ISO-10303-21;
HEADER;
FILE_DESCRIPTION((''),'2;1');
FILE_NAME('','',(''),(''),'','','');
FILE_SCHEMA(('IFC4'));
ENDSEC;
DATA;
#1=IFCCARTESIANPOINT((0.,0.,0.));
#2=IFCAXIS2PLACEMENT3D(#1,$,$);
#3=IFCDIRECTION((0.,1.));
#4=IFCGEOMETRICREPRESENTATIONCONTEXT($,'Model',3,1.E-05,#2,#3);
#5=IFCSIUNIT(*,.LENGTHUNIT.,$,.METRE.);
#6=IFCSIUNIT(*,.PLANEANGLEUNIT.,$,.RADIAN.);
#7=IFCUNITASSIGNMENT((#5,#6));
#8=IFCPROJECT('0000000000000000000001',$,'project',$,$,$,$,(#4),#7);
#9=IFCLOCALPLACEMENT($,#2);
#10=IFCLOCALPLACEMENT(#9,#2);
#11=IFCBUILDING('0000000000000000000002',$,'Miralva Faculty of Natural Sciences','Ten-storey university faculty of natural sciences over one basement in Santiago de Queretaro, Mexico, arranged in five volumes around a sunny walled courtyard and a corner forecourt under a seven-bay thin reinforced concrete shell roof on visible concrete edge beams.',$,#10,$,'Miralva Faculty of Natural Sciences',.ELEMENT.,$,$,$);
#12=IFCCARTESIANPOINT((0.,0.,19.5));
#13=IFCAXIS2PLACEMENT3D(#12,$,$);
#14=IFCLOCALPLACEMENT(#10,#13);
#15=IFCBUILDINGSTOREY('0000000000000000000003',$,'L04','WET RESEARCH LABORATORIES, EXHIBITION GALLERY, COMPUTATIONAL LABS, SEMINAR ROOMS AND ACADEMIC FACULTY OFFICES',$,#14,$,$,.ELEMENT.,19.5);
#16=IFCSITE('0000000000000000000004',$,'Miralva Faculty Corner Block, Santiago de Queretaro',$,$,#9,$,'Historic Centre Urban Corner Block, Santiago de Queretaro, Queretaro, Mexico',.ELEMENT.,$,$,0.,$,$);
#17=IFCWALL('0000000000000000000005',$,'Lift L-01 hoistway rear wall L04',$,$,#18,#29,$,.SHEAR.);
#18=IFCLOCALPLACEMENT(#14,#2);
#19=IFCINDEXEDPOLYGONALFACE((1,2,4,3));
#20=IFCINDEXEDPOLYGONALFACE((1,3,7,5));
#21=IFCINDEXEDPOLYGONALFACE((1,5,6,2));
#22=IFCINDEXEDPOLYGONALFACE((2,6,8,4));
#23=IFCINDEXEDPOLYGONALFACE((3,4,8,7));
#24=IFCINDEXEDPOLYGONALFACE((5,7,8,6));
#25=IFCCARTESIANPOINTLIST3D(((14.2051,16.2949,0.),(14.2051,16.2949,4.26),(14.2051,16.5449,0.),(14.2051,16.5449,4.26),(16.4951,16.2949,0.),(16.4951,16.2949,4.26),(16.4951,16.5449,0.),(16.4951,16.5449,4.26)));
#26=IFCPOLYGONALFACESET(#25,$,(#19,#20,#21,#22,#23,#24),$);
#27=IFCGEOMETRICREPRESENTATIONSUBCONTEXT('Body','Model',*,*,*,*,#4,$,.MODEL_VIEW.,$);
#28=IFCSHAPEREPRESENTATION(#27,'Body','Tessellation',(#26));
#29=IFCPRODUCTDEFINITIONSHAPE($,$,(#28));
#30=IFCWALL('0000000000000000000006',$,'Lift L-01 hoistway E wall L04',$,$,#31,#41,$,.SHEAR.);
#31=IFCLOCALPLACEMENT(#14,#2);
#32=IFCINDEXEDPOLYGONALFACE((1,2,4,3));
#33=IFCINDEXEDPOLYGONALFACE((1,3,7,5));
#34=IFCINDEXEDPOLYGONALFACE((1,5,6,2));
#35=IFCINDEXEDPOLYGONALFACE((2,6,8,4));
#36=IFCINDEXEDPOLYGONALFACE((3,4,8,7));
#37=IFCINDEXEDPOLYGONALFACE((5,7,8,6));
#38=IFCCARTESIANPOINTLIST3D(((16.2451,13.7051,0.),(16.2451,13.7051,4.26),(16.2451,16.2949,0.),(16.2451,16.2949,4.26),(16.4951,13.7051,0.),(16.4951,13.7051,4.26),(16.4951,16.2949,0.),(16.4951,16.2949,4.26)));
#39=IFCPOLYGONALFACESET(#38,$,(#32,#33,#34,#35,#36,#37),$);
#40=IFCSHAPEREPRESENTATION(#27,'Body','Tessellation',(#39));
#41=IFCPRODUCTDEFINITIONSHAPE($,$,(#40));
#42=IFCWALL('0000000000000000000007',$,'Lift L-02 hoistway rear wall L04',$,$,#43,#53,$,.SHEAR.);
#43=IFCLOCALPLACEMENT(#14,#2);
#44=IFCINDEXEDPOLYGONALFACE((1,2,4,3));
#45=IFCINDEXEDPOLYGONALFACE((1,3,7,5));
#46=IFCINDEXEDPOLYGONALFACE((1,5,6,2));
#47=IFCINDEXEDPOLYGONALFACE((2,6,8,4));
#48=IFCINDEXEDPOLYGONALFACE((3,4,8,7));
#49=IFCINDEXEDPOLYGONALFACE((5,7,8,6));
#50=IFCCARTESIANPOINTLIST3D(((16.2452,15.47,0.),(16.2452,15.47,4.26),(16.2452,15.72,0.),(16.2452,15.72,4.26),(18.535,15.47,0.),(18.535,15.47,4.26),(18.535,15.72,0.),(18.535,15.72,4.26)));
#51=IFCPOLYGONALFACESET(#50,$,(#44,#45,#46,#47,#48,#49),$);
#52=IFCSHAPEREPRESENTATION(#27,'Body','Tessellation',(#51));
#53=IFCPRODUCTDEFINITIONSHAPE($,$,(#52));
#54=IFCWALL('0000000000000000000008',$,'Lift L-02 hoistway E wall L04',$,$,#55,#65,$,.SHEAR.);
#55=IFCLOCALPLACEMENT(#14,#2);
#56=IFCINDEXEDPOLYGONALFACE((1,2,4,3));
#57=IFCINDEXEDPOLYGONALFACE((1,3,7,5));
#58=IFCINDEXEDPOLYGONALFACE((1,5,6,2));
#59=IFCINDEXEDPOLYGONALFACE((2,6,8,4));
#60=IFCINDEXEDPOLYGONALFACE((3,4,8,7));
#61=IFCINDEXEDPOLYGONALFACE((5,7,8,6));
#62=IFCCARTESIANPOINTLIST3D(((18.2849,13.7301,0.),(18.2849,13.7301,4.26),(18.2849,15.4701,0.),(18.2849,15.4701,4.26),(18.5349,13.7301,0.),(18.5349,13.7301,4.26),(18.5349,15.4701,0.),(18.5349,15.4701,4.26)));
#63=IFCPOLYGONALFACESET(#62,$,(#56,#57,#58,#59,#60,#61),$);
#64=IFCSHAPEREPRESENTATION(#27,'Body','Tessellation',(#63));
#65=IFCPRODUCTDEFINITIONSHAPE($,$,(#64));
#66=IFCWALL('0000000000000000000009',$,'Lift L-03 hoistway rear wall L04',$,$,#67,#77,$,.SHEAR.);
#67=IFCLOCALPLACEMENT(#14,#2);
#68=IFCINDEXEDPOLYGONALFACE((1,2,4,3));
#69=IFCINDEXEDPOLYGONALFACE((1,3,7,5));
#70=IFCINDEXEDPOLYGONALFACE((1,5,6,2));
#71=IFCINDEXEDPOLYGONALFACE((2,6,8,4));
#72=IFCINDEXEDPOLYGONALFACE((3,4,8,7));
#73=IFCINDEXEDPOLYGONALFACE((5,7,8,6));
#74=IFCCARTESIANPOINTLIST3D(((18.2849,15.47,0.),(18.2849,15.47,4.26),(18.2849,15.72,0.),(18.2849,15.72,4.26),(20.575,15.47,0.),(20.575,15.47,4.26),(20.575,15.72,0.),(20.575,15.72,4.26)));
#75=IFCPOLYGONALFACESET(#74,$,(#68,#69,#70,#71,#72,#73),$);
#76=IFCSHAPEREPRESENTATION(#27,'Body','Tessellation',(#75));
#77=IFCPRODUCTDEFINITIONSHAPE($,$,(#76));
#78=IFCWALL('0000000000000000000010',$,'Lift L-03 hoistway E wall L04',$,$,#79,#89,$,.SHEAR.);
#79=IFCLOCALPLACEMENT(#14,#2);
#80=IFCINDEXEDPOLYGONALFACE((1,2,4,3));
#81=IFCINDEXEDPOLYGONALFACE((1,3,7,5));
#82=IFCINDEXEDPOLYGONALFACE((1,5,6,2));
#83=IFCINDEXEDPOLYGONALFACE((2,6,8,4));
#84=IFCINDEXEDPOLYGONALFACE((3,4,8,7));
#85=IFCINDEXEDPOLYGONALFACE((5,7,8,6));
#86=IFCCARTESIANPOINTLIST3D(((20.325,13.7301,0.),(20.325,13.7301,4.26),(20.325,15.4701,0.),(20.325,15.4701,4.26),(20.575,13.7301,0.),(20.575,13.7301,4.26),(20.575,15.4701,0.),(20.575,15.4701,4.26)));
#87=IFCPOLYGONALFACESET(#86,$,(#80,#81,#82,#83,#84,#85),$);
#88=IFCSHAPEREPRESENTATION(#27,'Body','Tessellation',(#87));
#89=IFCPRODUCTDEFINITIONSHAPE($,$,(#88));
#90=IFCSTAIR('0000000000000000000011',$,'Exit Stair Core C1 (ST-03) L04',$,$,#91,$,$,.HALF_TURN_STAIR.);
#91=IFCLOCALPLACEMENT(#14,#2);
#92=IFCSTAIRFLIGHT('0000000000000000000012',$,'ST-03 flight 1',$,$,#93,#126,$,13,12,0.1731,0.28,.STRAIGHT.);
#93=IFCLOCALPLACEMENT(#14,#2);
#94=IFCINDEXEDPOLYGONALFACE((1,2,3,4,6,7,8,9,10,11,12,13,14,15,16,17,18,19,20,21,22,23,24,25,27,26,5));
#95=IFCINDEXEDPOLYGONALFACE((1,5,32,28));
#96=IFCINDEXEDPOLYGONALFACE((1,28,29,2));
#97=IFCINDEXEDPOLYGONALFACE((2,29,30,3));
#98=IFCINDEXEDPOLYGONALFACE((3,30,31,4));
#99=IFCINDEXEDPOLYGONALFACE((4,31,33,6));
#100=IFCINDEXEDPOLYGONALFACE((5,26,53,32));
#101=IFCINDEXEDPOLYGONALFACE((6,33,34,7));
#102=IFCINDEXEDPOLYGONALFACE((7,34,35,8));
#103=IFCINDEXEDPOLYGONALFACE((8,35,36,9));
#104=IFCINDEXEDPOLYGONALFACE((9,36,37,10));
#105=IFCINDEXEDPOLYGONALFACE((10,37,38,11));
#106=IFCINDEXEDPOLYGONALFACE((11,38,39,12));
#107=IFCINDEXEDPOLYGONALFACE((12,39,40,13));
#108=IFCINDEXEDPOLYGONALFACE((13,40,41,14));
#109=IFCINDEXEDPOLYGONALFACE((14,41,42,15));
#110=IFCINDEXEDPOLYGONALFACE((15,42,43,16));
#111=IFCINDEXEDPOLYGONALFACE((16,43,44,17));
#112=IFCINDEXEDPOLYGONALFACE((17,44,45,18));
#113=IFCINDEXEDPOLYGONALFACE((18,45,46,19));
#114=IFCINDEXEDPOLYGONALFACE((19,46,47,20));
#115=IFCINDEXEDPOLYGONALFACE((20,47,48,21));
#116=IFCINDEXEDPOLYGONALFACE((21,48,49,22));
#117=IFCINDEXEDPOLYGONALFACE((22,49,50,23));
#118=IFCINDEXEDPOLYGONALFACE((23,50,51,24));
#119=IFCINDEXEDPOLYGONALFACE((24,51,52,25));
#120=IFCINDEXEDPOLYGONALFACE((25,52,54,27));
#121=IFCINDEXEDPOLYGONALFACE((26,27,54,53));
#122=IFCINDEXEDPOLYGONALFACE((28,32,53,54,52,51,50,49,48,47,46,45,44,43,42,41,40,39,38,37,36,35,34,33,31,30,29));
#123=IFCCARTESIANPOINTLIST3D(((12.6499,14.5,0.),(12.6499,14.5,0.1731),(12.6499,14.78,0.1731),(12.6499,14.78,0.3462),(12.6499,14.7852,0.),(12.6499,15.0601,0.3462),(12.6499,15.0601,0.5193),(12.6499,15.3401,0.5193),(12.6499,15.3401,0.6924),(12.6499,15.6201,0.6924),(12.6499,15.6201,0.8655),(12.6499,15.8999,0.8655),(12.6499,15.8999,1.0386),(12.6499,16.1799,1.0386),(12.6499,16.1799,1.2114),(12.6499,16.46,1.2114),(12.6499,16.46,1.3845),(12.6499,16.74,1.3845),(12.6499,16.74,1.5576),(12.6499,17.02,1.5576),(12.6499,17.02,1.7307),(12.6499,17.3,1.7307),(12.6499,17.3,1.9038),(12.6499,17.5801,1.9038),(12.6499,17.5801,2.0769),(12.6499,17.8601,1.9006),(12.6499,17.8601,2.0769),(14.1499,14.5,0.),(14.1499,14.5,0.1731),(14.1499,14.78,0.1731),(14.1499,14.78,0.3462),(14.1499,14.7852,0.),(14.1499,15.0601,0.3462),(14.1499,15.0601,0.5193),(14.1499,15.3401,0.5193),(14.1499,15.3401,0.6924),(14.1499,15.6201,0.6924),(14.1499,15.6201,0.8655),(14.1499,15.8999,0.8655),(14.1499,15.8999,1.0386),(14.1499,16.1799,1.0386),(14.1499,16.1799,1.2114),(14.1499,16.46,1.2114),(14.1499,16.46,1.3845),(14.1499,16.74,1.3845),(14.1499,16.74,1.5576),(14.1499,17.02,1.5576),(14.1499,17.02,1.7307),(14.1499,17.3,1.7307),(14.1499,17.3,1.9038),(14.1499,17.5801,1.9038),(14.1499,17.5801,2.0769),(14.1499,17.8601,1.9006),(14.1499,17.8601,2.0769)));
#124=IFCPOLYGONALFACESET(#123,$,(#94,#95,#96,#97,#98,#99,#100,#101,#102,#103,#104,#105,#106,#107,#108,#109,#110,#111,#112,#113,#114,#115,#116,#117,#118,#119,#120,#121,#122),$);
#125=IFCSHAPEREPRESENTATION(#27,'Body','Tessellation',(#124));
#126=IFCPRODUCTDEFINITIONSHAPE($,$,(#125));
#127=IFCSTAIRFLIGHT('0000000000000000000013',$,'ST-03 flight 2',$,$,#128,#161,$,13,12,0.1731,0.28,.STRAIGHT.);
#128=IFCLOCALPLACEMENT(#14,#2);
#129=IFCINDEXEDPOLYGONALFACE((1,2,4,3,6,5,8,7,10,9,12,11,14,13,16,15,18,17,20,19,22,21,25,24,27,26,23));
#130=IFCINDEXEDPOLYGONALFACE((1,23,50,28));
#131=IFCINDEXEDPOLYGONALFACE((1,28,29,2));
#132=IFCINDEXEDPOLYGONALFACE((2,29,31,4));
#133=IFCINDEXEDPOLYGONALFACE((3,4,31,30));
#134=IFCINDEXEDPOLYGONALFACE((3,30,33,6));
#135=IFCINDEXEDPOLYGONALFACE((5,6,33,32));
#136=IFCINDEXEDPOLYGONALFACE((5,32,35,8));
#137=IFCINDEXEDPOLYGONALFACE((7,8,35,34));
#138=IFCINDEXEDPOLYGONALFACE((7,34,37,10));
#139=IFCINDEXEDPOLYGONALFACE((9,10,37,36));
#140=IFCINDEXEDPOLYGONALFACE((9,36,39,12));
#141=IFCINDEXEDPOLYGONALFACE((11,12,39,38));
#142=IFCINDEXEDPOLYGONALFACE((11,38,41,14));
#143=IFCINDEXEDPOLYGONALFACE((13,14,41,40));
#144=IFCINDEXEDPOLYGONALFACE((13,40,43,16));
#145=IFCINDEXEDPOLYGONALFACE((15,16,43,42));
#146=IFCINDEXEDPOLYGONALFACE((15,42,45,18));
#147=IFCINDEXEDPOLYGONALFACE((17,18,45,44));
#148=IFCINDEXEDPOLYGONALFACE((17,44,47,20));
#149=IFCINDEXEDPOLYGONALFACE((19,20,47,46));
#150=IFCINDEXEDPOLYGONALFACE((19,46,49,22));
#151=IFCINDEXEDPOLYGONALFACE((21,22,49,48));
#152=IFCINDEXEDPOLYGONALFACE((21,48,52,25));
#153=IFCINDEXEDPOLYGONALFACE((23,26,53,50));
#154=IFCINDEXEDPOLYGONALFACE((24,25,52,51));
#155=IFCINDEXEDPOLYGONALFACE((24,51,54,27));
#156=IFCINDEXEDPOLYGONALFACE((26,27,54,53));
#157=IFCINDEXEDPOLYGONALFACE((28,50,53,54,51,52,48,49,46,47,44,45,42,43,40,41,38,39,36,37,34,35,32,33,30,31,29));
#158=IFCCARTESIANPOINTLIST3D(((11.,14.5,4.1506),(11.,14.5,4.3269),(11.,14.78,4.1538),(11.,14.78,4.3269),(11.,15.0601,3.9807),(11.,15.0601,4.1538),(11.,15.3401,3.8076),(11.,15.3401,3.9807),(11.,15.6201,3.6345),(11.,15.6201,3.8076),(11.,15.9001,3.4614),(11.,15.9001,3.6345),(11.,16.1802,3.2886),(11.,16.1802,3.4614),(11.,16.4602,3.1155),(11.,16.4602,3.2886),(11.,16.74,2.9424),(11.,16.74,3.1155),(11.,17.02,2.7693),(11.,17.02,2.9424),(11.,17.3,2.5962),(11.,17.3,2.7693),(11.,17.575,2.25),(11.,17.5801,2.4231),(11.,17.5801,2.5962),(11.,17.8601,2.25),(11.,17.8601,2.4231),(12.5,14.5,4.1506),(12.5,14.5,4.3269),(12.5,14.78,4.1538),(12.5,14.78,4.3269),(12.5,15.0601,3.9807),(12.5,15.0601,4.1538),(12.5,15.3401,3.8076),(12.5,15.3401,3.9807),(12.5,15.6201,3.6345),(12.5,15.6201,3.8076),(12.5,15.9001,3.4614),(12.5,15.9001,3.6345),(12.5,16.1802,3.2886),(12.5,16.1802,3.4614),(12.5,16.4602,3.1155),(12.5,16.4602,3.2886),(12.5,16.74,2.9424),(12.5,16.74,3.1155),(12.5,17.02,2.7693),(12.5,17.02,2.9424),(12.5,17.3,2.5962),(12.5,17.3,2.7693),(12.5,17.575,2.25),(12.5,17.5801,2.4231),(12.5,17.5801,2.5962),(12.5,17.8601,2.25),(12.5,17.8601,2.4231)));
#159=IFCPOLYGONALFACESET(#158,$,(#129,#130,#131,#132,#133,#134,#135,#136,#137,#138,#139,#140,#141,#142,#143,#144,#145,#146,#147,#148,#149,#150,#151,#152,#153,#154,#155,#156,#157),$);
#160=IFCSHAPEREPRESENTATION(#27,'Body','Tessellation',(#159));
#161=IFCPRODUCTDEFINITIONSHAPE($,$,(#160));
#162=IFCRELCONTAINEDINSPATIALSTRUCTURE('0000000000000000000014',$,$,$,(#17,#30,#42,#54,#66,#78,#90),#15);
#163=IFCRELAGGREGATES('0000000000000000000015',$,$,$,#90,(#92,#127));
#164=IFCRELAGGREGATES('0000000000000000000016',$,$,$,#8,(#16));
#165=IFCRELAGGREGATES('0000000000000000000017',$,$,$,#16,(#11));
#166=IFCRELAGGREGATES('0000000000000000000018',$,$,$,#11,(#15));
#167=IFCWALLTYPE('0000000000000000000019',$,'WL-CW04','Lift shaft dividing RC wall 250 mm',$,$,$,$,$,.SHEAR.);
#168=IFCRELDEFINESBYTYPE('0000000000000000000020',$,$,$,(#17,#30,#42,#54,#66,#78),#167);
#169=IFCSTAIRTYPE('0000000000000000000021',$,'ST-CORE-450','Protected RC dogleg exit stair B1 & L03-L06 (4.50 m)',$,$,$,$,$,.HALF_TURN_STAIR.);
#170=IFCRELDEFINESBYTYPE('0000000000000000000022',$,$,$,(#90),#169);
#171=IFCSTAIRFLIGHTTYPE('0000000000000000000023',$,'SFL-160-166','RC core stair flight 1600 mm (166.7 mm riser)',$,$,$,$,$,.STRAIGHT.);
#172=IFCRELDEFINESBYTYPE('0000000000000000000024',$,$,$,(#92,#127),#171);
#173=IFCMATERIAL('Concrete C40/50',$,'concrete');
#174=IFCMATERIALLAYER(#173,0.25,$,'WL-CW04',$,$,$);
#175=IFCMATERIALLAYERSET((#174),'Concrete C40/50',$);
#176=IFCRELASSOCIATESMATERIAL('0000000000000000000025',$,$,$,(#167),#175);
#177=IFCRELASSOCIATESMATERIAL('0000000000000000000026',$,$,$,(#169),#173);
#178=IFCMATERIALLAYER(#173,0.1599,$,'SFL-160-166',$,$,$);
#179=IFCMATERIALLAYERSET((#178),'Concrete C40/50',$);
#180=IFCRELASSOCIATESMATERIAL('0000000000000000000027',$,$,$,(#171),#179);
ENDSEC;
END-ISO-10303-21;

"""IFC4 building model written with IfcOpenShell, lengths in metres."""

from ifc_helpers import new_model, si_unit, direction, frame, frame_2d, origin, place, context, subcontext, project, spatial, polyline, rectangle, outline, extrude, material, layer, layer_set, type_object, element, aggregate, save


model = new_model("IFC4")

# Units and contexts
model_context = context("Model", 3, precision=1e-05, world=origin(), true_north=direction((0.0, 1.0)))
body_context = subcontext(model_context, "Body", "Model", "MODEL_VIEW")
ifc_project = project(units=[si_unit("LENGTHUNIT", "METRE"), si_unit("PLANEANGLEUNIT", "RADIAN")], contexts=[model_context])

# Site, building, storey
site_placement = place(None, origin())
site = spatial("IfcSite", under=ifc_project, at=site_placement, Name="Miralva Faculty Corner Block, Santiago de Queretaro", LongName="Historic Centre Urban Corner Block, Santiago de Queretaro, Queretaro, Mexico", CompositionType="ELEMENT", RefElevation=0.0)
building_placement = place(site_placement, origin())
building = spatial("IfcBuilding", under=site, at=building_placement, Name="Miralva Faculty of Natural Sciences", Description="Ten-storey university faculty of natural sciences over one basement in Santiago de Queretaro, Mexico, arranged in five volumes around a sunny walled courtyard and a corner forecourt under a seven-bay thin reinforced concrete shell roof on visible concrete edge beams.", LongName="Miralva Faculty of Natural Sciences", CompositionType="ELEMENT")
storey_placement = place(building_placement, frame((0.0, 0.0, 19.5)))
storey = spatial("IfcBuildingStorey", under=building, at=storey_placement, Name="L04", Description="WET RESEARCH LABORATORIES, EXHIBITION GALLERY, COMPUTATIONAL LABS, SEMINAR ROOMS AND ACADEMIC FACULTY OFFICES", CompositionType="ELEMENT", Elevation=19.5)

# Walls
ifc_material_1 = material(Name="Concrete C40/50", Category="concrete")
ifc_layer_1 = layer(ifc_material_1, 0.25, Name="WL-CW04")
ifc_layer_set_1 = layer_set([ifc_layer_1], Name="Concrete C40/50")
wall_type = type_object("IfcWallType", Name="WL-CW04", Description="Lift shaft dividing RC wall 250 mm", PredefinedType="SHEAR", material=ifc_layer_set_1)
wall_1_placement = place(storey_placement, frame((14.2051, 16.4199, 0.0), z_axis=(0.0, 0.0, 1.0), x_axis=(1.0, 0.0, 0.0)))
element("IfcWall", 1, at=wall_1_placement, inside=storey, type_object=wall_type, Name="Lift L-01 hoistway rear wall L04", PredefinedType="SHEAR", context=body_context, shape_type="SweptSolid", body=[
    extrude(rectangle(XDim=2.29, YDim=0.25, at=frame_2d((1.145, 0.0))), origin(), (0.0, 0.0, 1.0), 4.26),
])
wall_2_placement = place(storey_placement, frame((16.3701, 13.7051, 0.0), z_axis=(0.0, 0.0, 1.0), x_axis=(0.0, 1.0, 0.0)))
element("IfcWall", 2, at=wall_2_placement, inside=storey, type_object=wall_type, Name="Lift L-01 hoistway E wall L04", PredefinedType="SHEAR", context=body_context, shape_type="SweptSolid", body=[
    extrude(rectangle(XDim=2.5898, YDim=0.25, at=frame_2d((1.2949, 0.0))), origin(), (0.0, 0.0, 1.0), 4.26),
])
wall_3_placement = place(storey_placement, frame((16.2451, 15.595, 0.0), z_axis=(0.0, 0.0, 1.0), x_axis=(1.0, 0.0, 0.0)))
element("IfcWall", 3, at=wall_3_placement, inside=storey, type_object=wall_type, Name="Lift L-02 hoistway rear wall L04", PredefinedType="SHEAR", context=body_context, shape_type="SweptSolid", body=[
    extrude(rectangle(XDim=2.2898, YDim=0.25, at=frame_2d((1.145, 0.0))), origin(), (0.0, 0.0, 1.0), 4.26),
])
wall_4_placement = place(storey_placement, frame((18.4099, 13.73, 0.0), z_axis=(0.0, 0.0, 1.0), x_axis=(0.0, 1.0, 0.0)))
element("IfcWall", 4, at=wall_4_placement, inside=storey, type_object=wall_type, Name="Lift L-02 hoistway E wall L04", PredefinedType="SHEAR", context=body_context, shape_type="SweptSolid", body=[
    extrude(rectangle(XDim=1.74, YDim=0.25, at=frame_2d((0.8701, 0.0))), origin(), (0.0, 0.0, 1.0), 4.26),
])

# Walls
wall_5_placement = place(storey_placement, frame((18.2849, 15.595, 0.0), z_axis=(0.0, 0.0, 1.0), x_axis=(1.0, 0.0, 0.0)))
element("IfcWall", 5, at=wall_5_placement, inside=storey, type_object=wall_type, Name="Lift L-03 hoistway rear wall L04", PredefinedType="SHEAR", context=body_context, shape_type="SweptSolid", body=[
    extrude(rectangle(XDim=2.29, YDim=0.25, at=frame_2d((1.145, 0.0))), origin(), (0.0, 0.0, 1.0), 4.26),
])
wall_6_placement = place(storey_placement, frame((20.45, 13.73, 0.0), z_axis=(0.0, 0.0, 1.0), x_axis=(0.0, 1.0, 0.0)))
element("IfcWall", 6, at=wall_6_placement, inside=storey, type_object=wall_type, Name="Lift L-03 hoistway E wall L04", PredefinedType="SHEAR", context=body_context, shape_type="SweptSolid", body=[
    extrude(rectangle(XDim=1.74, YDim=0.25, at=frame_2d((0.8701, 0.0))), origin(), (0.0, 0.0, 1.0), 4.26),
])

# Stair, stair flights
stair_type = type_object("IfcStairType", Name="ST-CORE-450", Description="Protected RC dogleg exit stair B1 & L03-L06 (4.50 m)", PredefinedType="HALF_TURN_STAIR", material=ifc_material_1)
stair_placement = place(storey_placement, origin())
stair = element("IfcStair", 7, at=stair_placement, inside=storey, type_object=stair_type, Name="Exit Stair Core C1 (ST-03) L04", PredefinedType="HALF_TURN_STAIR")
ifc_layer_2 = layer(ifc_material_1, 0.1599, Name="SFL-160-166")
ifc_layer_set_2 = layer_set([ifc_layer_2], Name="Concrete C40/50")
stair_flight_type = type_object("IfcStairFlightType", Name="SFL-160-166", Description="RC core stair flight 1600 mm (166.7 mm riser)", PredefinedType="STRAIGHT", material=ifc_layer_set_2)
stair_flight_1_placement = place(storey_placement, frame((13.3999, 14.5, 0.0), z_axis=(0.0, 0.0, 1.0), x_axis=(0.0, 1.0, 0.0)))
stair_flight_1 = element("IfcStairFlight", 8, at=stair_flight_1_placement, type_object=stair_flight_type, Name="ST-03 flight 1", NumberOfRisers=13, NumberOfTreads=12, PredefinedType="STRAIGHT", RiserHeight=0.1731, TreadLength=0.28, context=body_context, shape_type="SweptSolid", body=[
    extrude(outline(polyline([(0.0, 0.0), (0.0, 0.1731), (0.28, 0.1731), (0.28, 0.3462), (0.5601, 0.3462), (0.5601, 0.5193), (0.8401, 0.5193), (0.8401, 0.6924), (1.1201, 0.6924), (1.1201, 0.8655), (1.3999, 0.8655), (1.3999, 1.0386), (1.6799, 1.0386), (1.6799, 1.2114), (1.96, 1.2114), (1.96, 1.3845), (2.24, 1.3845), (2.24, 1.5576), (2.52, 1.5576), (2.52, 1.7307), (2.8, 1.7307), (2.8, 1.9038), (3.0801, 1.9038), (3.0801, 2.0769), (3.3601, 2.0769), (3.3601, 2.25), (3.3601, 1.9006), (0.2852, 0.0), (0.0, 0.0)])), frame((0.0, 0.75, 0.0), z_axis=(0.0, -1.0, 0.0), x_axis=(1.0, 0.0, 0.0)), (0.0, 0.0, 1.0), 1.5),
])
stair_flight_2_placement = place(storey_placement, frame((11.75, 17.8601, 2.25), z_axis=(0.0, 0.0, 1.0), x_axis=(0.0, -1.0, 0.0)))
stair_flight_2 = element("IfcStairFlight", 9, at=stair_flight_2_placement, type_object=stair_flight_type, Name="ST-03 flight 2", NumberOfRisers=13, NumberOfTreads=12, PredefinedType="STRAIGHT", RiserHeight=0.1731, TreadLength=0.28, context=body_context, shape_type="SweptSolid", body=[
    extrude(outline(polyline([(0.0, 0.0), (0.0, 0.1731), (0.28, 0.1731), (0.28, 0.3462), (0.5601, 0.3462), (0.5601, 0.5193), (0.8401, 0.5193), (0.8401, 0.6924), (1.1201, 0.6924), (1.1201, 0.8655), (1.3999, 0.8655), (1.3999, 1.0386), (1.6799, 1.0386), (1.6799, 1.2114), (1.96, 1.2114), (1.96, 1.3845), (2.24, 1.3845), (2.24, 1.5576), (2.52, 1.5576), (2.52, 1.7307), (2.8, 1.7307), (2.8, 1.9038), (3.0801, 1.9038), (3.0801, 2.0769), (3.3601, 2.0769), (3.3601, 2.25), (3.3601, 1.9006), (0.2852, 0.0), (0.0, 0.0)])), frame((0.0, 0.75, 0.0), z_axis=(0.0, -1.0, 0.0), x_axis=(1.0, 0.0, 0.0)), (0.0, 0.0, 1.0), 1.5),
])
aggregate(stair, [stair_flight_1, stair_flight_2])

save(model, "model.ifc")
